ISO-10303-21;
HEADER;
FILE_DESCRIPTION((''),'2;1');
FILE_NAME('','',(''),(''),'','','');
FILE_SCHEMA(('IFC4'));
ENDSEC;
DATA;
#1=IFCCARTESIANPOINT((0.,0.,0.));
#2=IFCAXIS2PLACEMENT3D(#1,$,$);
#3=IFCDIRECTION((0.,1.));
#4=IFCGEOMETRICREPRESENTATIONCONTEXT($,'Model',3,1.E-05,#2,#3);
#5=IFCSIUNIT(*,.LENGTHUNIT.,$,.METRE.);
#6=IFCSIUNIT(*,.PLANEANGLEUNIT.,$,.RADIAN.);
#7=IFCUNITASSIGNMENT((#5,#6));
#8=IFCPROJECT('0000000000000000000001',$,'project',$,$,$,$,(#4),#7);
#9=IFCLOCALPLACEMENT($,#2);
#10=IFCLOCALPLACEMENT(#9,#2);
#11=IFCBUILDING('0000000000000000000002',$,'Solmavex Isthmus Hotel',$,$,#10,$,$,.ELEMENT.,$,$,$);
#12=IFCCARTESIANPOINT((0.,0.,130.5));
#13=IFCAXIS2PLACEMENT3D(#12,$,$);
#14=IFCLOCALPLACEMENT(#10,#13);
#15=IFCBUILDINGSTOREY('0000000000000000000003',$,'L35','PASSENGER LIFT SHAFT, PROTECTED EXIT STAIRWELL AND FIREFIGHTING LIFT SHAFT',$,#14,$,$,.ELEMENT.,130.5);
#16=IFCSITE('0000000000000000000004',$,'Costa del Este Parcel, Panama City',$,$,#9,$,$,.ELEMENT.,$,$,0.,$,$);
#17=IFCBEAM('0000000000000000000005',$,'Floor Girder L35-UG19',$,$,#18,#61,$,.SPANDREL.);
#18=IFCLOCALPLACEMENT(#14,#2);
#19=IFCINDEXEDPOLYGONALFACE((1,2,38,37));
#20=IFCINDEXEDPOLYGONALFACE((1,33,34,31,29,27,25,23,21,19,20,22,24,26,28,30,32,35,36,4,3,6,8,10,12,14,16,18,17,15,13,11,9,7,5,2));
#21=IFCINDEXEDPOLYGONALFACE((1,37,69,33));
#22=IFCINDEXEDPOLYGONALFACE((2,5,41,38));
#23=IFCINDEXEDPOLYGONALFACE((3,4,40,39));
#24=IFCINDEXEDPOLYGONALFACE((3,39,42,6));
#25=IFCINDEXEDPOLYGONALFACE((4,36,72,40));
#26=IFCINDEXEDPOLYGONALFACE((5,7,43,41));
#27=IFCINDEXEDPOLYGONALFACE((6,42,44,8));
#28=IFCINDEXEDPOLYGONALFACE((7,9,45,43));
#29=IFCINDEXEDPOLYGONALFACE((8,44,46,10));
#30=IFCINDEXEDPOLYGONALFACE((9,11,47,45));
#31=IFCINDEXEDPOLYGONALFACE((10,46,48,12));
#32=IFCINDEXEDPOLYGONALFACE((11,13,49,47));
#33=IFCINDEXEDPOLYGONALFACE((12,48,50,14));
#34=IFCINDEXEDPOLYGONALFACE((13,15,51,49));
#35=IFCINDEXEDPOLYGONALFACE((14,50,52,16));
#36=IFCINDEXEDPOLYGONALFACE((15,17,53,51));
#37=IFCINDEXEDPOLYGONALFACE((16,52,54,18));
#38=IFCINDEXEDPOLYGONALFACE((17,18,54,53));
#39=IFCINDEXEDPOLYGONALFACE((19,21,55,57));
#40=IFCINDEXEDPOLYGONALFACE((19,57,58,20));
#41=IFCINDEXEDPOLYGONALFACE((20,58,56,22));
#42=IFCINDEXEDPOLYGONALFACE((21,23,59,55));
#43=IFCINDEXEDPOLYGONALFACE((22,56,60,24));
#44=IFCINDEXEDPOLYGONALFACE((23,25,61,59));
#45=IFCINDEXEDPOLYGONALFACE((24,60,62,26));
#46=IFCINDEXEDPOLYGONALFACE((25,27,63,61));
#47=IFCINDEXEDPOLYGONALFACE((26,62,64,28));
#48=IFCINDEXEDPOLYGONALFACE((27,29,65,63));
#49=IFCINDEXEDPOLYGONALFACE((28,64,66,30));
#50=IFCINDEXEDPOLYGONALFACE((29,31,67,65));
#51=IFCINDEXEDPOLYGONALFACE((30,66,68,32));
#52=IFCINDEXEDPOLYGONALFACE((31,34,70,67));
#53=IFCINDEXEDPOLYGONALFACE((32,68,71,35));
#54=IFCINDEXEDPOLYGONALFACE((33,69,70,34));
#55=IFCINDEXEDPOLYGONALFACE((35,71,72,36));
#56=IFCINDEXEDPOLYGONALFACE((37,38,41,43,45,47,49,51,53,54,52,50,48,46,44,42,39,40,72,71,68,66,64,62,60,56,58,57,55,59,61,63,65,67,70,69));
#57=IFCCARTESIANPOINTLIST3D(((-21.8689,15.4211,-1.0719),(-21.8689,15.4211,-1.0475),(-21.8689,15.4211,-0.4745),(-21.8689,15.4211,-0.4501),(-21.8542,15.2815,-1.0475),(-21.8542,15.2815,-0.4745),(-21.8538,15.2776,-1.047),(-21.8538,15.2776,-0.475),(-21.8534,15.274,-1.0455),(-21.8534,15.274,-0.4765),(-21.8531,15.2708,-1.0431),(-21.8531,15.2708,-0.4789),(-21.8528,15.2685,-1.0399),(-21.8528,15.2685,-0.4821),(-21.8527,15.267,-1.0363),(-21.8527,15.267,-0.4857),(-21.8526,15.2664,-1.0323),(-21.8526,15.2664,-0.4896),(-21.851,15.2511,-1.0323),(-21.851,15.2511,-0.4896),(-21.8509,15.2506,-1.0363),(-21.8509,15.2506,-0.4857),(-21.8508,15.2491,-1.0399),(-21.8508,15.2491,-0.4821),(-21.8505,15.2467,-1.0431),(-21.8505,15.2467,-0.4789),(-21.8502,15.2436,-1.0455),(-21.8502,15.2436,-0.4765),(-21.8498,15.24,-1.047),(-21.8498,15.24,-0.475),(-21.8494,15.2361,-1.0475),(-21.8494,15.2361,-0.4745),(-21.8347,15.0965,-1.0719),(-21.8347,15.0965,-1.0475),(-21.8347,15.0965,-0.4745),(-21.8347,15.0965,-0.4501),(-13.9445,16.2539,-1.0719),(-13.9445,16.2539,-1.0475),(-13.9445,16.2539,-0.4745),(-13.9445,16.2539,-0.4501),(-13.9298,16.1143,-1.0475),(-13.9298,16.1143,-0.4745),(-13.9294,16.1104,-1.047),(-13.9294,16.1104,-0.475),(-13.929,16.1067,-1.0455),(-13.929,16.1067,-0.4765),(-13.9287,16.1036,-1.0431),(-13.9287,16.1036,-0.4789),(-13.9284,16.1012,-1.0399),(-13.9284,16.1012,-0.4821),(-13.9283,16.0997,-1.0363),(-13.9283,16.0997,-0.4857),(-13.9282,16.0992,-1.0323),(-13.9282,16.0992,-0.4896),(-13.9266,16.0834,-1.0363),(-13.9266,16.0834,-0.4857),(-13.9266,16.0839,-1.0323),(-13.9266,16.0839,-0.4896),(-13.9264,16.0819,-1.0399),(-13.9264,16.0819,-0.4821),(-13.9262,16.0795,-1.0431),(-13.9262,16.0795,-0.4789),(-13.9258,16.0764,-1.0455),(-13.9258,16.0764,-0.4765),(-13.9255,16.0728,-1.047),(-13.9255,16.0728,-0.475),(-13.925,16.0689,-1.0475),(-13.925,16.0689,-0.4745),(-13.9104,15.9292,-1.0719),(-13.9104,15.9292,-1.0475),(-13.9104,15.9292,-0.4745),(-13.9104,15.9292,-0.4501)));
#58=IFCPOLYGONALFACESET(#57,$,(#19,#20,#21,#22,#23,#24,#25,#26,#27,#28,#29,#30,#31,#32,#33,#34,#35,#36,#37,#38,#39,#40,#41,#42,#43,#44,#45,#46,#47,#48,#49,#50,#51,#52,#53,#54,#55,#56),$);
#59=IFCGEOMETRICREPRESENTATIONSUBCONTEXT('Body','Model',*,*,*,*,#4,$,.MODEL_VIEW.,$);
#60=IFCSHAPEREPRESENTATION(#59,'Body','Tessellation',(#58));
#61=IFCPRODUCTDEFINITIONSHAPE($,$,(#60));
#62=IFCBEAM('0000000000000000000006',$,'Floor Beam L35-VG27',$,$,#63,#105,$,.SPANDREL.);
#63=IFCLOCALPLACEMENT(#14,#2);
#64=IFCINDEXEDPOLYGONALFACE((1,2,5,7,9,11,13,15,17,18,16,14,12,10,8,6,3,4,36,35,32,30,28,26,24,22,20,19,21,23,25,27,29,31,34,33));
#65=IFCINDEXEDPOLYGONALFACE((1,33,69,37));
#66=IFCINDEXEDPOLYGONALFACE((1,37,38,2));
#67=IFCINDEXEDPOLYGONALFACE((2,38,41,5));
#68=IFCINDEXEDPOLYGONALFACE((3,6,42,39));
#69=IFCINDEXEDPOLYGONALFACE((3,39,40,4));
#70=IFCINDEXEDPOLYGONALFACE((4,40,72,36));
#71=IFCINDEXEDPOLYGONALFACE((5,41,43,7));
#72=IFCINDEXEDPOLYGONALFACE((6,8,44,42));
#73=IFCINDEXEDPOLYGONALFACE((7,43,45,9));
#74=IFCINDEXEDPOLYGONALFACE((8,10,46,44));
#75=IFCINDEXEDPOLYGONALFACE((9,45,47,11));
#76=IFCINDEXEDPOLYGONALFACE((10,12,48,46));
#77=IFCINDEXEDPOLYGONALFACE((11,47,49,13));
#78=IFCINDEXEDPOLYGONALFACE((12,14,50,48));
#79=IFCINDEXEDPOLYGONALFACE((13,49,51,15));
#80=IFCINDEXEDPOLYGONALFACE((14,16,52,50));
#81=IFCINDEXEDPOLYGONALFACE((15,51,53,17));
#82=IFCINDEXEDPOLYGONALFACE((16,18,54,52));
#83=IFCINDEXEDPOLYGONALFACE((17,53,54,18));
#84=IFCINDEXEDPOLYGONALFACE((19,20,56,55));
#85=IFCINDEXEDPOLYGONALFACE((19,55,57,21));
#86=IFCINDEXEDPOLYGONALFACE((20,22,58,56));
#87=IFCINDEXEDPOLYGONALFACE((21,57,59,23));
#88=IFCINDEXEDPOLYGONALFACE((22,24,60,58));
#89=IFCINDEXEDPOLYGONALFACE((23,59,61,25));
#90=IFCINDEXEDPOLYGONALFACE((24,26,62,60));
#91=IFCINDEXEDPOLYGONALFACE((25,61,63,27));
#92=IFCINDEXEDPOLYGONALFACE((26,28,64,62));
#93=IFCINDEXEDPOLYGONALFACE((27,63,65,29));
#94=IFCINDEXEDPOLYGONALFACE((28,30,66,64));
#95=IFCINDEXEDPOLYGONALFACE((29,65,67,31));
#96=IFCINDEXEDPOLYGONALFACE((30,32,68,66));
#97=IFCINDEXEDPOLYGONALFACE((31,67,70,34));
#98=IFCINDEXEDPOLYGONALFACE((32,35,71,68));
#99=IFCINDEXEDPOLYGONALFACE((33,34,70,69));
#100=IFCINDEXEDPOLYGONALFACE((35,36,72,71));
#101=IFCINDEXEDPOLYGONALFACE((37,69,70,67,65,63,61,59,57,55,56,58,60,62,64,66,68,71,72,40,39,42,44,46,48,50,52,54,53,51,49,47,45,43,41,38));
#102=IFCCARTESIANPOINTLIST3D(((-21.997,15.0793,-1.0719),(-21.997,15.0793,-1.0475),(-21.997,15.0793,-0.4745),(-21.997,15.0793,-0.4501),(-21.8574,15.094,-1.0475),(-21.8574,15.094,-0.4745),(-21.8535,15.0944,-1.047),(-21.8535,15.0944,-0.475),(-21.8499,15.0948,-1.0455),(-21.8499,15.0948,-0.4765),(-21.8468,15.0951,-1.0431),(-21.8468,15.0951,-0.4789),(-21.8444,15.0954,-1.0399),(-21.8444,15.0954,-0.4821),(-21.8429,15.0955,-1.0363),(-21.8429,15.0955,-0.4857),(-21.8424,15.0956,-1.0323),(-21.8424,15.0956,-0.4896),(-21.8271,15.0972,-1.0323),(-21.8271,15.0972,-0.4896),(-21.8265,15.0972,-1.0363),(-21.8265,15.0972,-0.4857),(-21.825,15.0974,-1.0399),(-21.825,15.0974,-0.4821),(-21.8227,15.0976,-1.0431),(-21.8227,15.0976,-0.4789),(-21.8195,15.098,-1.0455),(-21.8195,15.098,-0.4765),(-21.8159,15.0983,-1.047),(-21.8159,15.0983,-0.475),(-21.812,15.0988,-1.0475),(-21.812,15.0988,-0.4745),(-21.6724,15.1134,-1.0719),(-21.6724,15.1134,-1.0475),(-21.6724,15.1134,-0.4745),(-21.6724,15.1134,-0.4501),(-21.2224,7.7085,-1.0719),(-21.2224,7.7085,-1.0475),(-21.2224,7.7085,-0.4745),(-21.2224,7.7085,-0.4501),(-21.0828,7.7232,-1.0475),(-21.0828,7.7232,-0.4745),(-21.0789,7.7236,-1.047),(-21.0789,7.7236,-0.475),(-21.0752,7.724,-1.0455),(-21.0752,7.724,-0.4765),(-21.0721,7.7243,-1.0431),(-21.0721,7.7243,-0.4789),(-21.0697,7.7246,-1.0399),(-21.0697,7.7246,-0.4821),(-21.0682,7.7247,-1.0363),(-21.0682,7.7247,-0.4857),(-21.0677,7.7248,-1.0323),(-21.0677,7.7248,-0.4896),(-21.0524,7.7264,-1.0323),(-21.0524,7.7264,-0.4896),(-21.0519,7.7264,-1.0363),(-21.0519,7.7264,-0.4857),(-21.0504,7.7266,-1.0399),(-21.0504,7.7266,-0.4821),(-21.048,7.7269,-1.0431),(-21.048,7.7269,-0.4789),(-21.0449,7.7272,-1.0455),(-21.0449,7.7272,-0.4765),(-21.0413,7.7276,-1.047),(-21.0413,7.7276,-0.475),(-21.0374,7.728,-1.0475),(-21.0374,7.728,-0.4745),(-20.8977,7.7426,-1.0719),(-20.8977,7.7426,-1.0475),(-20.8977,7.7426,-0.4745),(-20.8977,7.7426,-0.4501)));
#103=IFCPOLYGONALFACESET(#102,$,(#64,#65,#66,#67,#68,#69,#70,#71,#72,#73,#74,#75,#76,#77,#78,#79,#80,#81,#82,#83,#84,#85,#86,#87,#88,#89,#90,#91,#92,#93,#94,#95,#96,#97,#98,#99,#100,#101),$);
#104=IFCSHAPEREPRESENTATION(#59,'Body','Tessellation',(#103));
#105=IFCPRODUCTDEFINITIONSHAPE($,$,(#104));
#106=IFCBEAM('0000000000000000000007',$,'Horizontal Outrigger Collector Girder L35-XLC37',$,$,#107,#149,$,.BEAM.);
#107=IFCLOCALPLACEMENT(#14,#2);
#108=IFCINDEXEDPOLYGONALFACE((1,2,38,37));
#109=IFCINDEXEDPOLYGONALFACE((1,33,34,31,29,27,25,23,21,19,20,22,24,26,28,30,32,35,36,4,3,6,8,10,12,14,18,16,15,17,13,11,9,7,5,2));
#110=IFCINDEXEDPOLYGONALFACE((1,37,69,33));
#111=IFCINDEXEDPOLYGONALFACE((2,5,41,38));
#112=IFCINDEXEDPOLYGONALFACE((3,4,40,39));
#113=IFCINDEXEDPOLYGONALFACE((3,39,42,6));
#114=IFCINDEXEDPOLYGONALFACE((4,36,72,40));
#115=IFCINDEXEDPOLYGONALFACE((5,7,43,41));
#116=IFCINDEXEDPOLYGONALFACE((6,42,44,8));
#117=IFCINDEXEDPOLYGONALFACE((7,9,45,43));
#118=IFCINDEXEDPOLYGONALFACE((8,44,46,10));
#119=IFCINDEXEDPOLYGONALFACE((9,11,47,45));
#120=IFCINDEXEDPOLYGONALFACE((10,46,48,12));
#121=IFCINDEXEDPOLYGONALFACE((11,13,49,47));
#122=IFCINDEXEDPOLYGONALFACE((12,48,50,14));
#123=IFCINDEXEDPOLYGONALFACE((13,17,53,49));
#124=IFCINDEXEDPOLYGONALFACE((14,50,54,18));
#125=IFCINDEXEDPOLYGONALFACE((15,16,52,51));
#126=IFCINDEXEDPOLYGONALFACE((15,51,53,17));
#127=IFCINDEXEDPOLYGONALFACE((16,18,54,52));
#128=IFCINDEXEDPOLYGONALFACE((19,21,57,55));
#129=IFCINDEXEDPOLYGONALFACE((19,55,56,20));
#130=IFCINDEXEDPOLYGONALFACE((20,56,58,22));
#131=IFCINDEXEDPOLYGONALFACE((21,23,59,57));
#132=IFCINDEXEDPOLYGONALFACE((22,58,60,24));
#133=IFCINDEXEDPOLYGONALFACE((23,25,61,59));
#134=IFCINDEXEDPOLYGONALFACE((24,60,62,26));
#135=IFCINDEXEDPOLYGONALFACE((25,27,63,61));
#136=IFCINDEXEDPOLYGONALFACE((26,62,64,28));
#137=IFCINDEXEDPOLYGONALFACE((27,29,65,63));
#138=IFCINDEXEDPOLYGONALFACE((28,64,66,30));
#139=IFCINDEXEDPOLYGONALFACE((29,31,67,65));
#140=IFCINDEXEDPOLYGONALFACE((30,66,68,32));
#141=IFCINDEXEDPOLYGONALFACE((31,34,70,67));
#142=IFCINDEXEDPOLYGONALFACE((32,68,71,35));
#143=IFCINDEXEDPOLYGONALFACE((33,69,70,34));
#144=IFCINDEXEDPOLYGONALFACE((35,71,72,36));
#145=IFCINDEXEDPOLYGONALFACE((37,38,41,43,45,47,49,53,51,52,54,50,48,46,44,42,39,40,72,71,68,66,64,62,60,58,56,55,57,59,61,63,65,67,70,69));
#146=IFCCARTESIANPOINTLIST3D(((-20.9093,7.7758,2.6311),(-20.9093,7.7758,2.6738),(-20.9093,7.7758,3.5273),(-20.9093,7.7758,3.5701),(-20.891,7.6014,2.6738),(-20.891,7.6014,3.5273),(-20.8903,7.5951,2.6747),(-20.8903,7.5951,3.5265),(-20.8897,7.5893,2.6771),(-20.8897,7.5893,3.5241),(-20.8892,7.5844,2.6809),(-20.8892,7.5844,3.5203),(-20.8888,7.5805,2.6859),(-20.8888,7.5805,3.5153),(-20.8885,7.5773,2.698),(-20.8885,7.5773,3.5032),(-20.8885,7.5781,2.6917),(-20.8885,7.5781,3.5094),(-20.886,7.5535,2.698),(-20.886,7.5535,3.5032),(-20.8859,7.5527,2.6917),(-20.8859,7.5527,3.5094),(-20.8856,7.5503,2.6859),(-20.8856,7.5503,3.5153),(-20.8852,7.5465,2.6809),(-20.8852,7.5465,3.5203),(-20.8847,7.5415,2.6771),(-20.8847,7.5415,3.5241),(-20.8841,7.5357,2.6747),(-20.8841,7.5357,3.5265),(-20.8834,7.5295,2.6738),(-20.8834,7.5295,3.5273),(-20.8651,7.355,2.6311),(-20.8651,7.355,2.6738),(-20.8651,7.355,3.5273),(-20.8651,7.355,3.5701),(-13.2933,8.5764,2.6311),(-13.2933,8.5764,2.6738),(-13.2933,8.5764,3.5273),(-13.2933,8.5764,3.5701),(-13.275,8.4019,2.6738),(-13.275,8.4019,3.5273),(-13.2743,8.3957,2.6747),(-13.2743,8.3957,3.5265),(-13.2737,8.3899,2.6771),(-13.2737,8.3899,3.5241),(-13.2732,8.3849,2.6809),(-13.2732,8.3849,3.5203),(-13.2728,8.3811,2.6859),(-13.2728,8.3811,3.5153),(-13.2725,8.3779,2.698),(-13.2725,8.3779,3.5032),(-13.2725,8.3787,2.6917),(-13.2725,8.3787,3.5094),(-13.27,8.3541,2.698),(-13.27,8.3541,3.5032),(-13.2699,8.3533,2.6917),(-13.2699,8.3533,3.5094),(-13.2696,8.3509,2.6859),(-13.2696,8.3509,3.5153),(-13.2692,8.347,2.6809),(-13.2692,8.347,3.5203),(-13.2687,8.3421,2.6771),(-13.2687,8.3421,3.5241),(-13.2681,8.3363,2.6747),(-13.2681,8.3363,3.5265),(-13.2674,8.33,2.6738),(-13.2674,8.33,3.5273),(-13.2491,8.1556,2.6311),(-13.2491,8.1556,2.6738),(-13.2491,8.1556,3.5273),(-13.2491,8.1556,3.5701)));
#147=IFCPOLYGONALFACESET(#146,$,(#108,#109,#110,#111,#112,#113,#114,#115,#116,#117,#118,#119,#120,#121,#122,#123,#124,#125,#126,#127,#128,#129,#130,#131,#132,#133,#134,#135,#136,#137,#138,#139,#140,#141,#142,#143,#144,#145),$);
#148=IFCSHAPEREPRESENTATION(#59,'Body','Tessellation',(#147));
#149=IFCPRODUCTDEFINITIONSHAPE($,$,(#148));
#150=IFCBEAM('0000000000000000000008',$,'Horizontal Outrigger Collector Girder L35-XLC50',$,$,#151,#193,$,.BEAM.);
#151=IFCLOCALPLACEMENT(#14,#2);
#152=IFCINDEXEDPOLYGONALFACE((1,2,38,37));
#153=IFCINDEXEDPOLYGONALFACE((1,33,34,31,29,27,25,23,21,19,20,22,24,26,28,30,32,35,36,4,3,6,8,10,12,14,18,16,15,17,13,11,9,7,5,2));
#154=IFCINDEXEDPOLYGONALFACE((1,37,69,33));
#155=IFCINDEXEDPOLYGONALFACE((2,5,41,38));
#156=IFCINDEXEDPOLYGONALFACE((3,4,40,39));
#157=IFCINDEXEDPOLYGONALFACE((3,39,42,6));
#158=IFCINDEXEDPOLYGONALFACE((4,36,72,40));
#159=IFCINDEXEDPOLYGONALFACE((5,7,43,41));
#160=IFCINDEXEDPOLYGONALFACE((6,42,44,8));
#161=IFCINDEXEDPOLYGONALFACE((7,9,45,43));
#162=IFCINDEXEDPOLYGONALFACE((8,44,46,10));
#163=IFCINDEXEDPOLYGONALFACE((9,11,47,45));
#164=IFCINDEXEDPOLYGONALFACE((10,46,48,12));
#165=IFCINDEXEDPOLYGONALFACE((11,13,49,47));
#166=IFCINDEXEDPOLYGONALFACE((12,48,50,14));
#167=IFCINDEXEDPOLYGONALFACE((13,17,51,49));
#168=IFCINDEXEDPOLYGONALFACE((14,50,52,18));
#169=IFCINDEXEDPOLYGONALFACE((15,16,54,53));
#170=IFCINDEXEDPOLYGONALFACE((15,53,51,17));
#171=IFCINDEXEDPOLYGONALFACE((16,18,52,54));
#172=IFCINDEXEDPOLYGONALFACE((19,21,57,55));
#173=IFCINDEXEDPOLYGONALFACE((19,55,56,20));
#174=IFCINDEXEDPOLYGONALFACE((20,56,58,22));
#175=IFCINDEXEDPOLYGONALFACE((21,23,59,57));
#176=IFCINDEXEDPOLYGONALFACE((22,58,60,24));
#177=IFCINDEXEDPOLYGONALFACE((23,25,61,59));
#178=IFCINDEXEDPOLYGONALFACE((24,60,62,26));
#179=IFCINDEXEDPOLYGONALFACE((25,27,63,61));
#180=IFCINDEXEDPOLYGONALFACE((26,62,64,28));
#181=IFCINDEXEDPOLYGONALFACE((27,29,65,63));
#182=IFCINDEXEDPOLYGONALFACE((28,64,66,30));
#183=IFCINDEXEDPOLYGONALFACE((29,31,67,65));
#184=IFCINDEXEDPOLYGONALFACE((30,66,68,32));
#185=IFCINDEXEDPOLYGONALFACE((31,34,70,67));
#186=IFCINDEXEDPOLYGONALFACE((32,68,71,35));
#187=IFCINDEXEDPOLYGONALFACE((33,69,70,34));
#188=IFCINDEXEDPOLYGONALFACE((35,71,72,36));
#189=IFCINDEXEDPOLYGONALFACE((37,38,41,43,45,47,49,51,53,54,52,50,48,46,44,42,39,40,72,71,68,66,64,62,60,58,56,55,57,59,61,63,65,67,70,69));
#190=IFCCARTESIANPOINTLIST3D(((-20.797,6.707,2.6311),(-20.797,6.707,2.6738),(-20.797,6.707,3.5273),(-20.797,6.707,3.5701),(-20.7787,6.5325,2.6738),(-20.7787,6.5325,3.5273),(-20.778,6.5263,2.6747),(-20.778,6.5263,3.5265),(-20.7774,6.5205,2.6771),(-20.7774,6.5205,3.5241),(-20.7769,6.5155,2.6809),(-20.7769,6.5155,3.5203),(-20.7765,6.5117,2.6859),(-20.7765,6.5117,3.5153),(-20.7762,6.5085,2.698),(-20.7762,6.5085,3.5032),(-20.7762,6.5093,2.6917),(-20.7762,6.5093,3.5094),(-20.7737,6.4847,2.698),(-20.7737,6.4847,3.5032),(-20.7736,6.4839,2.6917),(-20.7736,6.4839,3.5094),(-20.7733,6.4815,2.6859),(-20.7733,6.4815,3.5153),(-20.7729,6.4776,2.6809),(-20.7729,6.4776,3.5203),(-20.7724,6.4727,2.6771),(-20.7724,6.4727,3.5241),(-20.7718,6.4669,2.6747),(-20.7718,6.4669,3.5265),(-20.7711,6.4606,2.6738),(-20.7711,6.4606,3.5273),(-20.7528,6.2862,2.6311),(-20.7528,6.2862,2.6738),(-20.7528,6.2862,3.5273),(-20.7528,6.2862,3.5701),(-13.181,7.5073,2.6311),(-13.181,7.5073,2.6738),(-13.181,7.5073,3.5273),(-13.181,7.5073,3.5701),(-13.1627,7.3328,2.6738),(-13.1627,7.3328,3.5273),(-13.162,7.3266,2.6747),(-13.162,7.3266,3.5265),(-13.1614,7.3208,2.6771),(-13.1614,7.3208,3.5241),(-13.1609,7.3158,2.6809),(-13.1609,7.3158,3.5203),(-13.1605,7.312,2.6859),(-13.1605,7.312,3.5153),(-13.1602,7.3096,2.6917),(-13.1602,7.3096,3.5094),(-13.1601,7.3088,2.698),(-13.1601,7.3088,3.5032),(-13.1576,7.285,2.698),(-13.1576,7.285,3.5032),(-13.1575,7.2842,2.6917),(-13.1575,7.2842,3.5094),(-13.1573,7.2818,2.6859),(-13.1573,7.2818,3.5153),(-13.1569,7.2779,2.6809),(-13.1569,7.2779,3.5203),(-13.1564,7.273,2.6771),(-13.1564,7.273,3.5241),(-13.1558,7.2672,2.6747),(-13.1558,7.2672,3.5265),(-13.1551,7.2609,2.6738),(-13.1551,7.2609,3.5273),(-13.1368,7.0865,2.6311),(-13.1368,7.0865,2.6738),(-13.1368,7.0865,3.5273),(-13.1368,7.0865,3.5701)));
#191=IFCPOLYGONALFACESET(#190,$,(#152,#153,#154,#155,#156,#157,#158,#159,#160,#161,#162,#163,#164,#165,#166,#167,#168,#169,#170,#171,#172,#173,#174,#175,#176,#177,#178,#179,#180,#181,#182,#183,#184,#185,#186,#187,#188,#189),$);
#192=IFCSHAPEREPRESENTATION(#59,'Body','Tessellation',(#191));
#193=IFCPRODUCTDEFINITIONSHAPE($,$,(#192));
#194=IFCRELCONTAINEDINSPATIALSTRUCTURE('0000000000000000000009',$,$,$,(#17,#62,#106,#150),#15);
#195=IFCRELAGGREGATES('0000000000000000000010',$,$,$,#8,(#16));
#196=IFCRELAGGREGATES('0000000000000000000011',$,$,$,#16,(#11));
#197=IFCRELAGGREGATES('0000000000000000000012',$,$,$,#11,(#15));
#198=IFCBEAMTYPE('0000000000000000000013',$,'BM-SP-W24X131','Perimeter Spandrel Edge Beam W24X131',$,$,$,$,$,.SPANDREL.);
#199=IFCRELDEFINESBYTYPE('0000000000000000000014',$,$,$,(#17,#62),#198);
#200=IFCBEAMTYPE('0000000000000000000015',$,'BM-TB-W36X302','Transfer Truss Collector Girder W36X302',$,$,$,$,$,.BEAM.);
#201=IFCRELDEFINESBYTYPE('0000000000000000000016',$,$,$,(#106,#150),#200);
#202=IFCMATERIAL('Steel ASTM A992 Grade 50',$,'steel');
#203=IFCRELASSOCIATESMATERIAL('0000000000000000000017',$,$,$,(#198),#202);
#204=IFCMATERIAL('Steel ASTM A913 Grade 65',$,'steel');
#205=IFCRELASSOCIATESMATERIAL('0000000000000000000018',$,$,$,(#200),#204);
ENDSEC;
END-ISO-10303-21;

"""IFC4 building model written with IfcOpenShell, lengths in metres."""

from ifc_helpers import new_model, si_unit, direction, frame, origin, origin_2d, place, context, subcontext, project, spatial, i_section, extrude, material, material_profile, profile_set, type_object, element, save


model = new_model("IFC4")

# Units and contexts
model_context = context("Model", 3, precision=1e-05, world=origin(), true_north=direction((0.0, 1.0)))
body_context = subcontext(model_context, "Body", "Model", "MODEL_VIEW")
ifc_project = project(units=[si_unit("LENGTHUNIT", "METRE"), si_unit("PLANEANGLEUNIT", "RADIAN")], contexts=[model_context])

# Site, building, storey
site_placement = place(None, origin())
site = spatial("IfcSite", under=ifc_project, at=site_placement, Name="Costa del Este Parcel, Panama City", CompositionType="ELEMENT", RefElevation=0.0)
building_placement = place(site_placement, origin())
building = spatial("IfcBuilding", under=site, at=building_placement, Name="Solmavex Isthmus Hotel", CompositionType="ELEMENT")
storey_placement = place(building_placement, frame((0.0, 0.0, 130.5)))
storey = spatial("IfcBuildingStorey", under=building, at=storey_placement, Name="L35", Description="PASSENGER LIFT SHAFT, PROTECTED EXIT STAIRWELL AND FIREFIGHTING LIFT SHAFT", CompositionType="ELEMENT", Elevation=130.5)

# Shared definitions
ifc_material_1 = material(Name="Steel ASTM A913 Grade 65", Category="steel")

# Beams
ifc_material_2 = material(Name="Steel ASTM A992 Grade 50", Category="steel")
ifc_material_profile_1 = material_profile(ifc_material_2, i_section(OverallWidth=0.3264, OverallDepth=0.6218, WebThickness=0.0154, FlangeThickness=0.0244, FilletRadius=0.0151, at=origin_2d()), Name="W24X131")
ifc_profile_set_1 = profile_set([ifc_material_profile_1], Name="Steel ASTM A992 Grade 50")
beam_type_1 = type_object("IfcBeamType", Name="BM-SP-W24X131", Description="Perimeter Spandrel Edge Beam W24X131", PredefinedType="SPANDREL", material=ifc_profile_set_1)
beam_1_placement = place(storey_placement, frame((-21.8518, 15.2588, -0.761), z_axis=(0.994523, 0.104514, 0.0), x_axis=(-0.104514, 0.994523, 0.0)))
element("IfcBeam", 1, at=beam_1_placement, inside=storey, type_object=beam_type_1, Name="Floor Girder L35-UG19", PredefinedType="SPANDREL", context=body_context, shape_type="SweptSolid", body=[
    extrude(i_section(OverallWidth=0.3264, OverallDepth=0.6218, WebThickness=0.0154, FlangeThickness=0.0244, FilletRadius=0.0151, at=origin_2d()), origin(), (0.0, 0.0, 1.0), 7.968),
])
beam_2_placement = place(storey_placement, frame((-21.0601, 7.7256, -0.761), z_axis=(-0.104522, 0.994523, 0.0), x_axis=(-0.994523, -0.104522, 0.0)))
element("IfcBeam", 2, at=beam_2_placement, inside=storey, type_object=beam_type_1, Name="Floor Beam L35-VG27", PredefinedType="SPANDREL", context=body_context, shape_type="SweptSolid", body=[
    extrude(i_section(OverallWidth=0.3264, OverallDepth=0.6218, WebThickness=0.0154, FlangeThickness=0.0244, FilletRadius=0.0151, at=origin_2d()), origin(), (0.0, 0.0, 1.0), 7.4114),
])
ifc_material_profile_2 = material_profile(ifc_material_1, i_section(OverallWidth=0.4231, OverallDepth=0.939, WebThickness=0.0239, FlangeThickness=0.0427, FilletRadius=0.0242, at=origin_2d()), Name="W36X302")
ifc_profile_set_2 = profile_set([ifc_material_profile_2], Name="Steel ASTM A913 Grade 65")
beam_type_2 = type_object("IfcBeamType", Name="BM-TB-W36X302", Description="Transfer Truss Collector Girder W36X302", PredefinedType="BEAM", material=ifc_profile_set_2)
for number, where, z_axis, x_axis, name in (
    (3, (-20.8872, 7.5654, 3.1006), (0.994521, 0.104537, 0.0), (-0.104537, 0.994521, 0.0), "Horizontal Outrigger Collector Girder L35-XLC37"),
    (4, (-20.7749, 6.4966, 3.1006), (0.994524, 0.104506, 0.0), (-0.104506, 0.994524, 0.0), "Horizontal Outrigger Collector Girder L35-XLC50"),
):
    element("IfcBeam", number, at=place(storey_placement, frame(where, z_axis=z_axis, x_axis=x_axis)), inside=storey, type_object=beam_type_2, Name=name, PredefinedType="BEAM", context=body_context, shape_type="SweptSolid", body=[
        extrude(i_section(OverallWidth=0.4231, OverallDepth=0.939, WebThickness=0.0239, FlangeThickness=0.0427, FilletRadius=0.0242, at=origin_2d()), origin(), (0.0, 0.0, 1.0), 7.658),
    ])

save(model, "model.ifc")
